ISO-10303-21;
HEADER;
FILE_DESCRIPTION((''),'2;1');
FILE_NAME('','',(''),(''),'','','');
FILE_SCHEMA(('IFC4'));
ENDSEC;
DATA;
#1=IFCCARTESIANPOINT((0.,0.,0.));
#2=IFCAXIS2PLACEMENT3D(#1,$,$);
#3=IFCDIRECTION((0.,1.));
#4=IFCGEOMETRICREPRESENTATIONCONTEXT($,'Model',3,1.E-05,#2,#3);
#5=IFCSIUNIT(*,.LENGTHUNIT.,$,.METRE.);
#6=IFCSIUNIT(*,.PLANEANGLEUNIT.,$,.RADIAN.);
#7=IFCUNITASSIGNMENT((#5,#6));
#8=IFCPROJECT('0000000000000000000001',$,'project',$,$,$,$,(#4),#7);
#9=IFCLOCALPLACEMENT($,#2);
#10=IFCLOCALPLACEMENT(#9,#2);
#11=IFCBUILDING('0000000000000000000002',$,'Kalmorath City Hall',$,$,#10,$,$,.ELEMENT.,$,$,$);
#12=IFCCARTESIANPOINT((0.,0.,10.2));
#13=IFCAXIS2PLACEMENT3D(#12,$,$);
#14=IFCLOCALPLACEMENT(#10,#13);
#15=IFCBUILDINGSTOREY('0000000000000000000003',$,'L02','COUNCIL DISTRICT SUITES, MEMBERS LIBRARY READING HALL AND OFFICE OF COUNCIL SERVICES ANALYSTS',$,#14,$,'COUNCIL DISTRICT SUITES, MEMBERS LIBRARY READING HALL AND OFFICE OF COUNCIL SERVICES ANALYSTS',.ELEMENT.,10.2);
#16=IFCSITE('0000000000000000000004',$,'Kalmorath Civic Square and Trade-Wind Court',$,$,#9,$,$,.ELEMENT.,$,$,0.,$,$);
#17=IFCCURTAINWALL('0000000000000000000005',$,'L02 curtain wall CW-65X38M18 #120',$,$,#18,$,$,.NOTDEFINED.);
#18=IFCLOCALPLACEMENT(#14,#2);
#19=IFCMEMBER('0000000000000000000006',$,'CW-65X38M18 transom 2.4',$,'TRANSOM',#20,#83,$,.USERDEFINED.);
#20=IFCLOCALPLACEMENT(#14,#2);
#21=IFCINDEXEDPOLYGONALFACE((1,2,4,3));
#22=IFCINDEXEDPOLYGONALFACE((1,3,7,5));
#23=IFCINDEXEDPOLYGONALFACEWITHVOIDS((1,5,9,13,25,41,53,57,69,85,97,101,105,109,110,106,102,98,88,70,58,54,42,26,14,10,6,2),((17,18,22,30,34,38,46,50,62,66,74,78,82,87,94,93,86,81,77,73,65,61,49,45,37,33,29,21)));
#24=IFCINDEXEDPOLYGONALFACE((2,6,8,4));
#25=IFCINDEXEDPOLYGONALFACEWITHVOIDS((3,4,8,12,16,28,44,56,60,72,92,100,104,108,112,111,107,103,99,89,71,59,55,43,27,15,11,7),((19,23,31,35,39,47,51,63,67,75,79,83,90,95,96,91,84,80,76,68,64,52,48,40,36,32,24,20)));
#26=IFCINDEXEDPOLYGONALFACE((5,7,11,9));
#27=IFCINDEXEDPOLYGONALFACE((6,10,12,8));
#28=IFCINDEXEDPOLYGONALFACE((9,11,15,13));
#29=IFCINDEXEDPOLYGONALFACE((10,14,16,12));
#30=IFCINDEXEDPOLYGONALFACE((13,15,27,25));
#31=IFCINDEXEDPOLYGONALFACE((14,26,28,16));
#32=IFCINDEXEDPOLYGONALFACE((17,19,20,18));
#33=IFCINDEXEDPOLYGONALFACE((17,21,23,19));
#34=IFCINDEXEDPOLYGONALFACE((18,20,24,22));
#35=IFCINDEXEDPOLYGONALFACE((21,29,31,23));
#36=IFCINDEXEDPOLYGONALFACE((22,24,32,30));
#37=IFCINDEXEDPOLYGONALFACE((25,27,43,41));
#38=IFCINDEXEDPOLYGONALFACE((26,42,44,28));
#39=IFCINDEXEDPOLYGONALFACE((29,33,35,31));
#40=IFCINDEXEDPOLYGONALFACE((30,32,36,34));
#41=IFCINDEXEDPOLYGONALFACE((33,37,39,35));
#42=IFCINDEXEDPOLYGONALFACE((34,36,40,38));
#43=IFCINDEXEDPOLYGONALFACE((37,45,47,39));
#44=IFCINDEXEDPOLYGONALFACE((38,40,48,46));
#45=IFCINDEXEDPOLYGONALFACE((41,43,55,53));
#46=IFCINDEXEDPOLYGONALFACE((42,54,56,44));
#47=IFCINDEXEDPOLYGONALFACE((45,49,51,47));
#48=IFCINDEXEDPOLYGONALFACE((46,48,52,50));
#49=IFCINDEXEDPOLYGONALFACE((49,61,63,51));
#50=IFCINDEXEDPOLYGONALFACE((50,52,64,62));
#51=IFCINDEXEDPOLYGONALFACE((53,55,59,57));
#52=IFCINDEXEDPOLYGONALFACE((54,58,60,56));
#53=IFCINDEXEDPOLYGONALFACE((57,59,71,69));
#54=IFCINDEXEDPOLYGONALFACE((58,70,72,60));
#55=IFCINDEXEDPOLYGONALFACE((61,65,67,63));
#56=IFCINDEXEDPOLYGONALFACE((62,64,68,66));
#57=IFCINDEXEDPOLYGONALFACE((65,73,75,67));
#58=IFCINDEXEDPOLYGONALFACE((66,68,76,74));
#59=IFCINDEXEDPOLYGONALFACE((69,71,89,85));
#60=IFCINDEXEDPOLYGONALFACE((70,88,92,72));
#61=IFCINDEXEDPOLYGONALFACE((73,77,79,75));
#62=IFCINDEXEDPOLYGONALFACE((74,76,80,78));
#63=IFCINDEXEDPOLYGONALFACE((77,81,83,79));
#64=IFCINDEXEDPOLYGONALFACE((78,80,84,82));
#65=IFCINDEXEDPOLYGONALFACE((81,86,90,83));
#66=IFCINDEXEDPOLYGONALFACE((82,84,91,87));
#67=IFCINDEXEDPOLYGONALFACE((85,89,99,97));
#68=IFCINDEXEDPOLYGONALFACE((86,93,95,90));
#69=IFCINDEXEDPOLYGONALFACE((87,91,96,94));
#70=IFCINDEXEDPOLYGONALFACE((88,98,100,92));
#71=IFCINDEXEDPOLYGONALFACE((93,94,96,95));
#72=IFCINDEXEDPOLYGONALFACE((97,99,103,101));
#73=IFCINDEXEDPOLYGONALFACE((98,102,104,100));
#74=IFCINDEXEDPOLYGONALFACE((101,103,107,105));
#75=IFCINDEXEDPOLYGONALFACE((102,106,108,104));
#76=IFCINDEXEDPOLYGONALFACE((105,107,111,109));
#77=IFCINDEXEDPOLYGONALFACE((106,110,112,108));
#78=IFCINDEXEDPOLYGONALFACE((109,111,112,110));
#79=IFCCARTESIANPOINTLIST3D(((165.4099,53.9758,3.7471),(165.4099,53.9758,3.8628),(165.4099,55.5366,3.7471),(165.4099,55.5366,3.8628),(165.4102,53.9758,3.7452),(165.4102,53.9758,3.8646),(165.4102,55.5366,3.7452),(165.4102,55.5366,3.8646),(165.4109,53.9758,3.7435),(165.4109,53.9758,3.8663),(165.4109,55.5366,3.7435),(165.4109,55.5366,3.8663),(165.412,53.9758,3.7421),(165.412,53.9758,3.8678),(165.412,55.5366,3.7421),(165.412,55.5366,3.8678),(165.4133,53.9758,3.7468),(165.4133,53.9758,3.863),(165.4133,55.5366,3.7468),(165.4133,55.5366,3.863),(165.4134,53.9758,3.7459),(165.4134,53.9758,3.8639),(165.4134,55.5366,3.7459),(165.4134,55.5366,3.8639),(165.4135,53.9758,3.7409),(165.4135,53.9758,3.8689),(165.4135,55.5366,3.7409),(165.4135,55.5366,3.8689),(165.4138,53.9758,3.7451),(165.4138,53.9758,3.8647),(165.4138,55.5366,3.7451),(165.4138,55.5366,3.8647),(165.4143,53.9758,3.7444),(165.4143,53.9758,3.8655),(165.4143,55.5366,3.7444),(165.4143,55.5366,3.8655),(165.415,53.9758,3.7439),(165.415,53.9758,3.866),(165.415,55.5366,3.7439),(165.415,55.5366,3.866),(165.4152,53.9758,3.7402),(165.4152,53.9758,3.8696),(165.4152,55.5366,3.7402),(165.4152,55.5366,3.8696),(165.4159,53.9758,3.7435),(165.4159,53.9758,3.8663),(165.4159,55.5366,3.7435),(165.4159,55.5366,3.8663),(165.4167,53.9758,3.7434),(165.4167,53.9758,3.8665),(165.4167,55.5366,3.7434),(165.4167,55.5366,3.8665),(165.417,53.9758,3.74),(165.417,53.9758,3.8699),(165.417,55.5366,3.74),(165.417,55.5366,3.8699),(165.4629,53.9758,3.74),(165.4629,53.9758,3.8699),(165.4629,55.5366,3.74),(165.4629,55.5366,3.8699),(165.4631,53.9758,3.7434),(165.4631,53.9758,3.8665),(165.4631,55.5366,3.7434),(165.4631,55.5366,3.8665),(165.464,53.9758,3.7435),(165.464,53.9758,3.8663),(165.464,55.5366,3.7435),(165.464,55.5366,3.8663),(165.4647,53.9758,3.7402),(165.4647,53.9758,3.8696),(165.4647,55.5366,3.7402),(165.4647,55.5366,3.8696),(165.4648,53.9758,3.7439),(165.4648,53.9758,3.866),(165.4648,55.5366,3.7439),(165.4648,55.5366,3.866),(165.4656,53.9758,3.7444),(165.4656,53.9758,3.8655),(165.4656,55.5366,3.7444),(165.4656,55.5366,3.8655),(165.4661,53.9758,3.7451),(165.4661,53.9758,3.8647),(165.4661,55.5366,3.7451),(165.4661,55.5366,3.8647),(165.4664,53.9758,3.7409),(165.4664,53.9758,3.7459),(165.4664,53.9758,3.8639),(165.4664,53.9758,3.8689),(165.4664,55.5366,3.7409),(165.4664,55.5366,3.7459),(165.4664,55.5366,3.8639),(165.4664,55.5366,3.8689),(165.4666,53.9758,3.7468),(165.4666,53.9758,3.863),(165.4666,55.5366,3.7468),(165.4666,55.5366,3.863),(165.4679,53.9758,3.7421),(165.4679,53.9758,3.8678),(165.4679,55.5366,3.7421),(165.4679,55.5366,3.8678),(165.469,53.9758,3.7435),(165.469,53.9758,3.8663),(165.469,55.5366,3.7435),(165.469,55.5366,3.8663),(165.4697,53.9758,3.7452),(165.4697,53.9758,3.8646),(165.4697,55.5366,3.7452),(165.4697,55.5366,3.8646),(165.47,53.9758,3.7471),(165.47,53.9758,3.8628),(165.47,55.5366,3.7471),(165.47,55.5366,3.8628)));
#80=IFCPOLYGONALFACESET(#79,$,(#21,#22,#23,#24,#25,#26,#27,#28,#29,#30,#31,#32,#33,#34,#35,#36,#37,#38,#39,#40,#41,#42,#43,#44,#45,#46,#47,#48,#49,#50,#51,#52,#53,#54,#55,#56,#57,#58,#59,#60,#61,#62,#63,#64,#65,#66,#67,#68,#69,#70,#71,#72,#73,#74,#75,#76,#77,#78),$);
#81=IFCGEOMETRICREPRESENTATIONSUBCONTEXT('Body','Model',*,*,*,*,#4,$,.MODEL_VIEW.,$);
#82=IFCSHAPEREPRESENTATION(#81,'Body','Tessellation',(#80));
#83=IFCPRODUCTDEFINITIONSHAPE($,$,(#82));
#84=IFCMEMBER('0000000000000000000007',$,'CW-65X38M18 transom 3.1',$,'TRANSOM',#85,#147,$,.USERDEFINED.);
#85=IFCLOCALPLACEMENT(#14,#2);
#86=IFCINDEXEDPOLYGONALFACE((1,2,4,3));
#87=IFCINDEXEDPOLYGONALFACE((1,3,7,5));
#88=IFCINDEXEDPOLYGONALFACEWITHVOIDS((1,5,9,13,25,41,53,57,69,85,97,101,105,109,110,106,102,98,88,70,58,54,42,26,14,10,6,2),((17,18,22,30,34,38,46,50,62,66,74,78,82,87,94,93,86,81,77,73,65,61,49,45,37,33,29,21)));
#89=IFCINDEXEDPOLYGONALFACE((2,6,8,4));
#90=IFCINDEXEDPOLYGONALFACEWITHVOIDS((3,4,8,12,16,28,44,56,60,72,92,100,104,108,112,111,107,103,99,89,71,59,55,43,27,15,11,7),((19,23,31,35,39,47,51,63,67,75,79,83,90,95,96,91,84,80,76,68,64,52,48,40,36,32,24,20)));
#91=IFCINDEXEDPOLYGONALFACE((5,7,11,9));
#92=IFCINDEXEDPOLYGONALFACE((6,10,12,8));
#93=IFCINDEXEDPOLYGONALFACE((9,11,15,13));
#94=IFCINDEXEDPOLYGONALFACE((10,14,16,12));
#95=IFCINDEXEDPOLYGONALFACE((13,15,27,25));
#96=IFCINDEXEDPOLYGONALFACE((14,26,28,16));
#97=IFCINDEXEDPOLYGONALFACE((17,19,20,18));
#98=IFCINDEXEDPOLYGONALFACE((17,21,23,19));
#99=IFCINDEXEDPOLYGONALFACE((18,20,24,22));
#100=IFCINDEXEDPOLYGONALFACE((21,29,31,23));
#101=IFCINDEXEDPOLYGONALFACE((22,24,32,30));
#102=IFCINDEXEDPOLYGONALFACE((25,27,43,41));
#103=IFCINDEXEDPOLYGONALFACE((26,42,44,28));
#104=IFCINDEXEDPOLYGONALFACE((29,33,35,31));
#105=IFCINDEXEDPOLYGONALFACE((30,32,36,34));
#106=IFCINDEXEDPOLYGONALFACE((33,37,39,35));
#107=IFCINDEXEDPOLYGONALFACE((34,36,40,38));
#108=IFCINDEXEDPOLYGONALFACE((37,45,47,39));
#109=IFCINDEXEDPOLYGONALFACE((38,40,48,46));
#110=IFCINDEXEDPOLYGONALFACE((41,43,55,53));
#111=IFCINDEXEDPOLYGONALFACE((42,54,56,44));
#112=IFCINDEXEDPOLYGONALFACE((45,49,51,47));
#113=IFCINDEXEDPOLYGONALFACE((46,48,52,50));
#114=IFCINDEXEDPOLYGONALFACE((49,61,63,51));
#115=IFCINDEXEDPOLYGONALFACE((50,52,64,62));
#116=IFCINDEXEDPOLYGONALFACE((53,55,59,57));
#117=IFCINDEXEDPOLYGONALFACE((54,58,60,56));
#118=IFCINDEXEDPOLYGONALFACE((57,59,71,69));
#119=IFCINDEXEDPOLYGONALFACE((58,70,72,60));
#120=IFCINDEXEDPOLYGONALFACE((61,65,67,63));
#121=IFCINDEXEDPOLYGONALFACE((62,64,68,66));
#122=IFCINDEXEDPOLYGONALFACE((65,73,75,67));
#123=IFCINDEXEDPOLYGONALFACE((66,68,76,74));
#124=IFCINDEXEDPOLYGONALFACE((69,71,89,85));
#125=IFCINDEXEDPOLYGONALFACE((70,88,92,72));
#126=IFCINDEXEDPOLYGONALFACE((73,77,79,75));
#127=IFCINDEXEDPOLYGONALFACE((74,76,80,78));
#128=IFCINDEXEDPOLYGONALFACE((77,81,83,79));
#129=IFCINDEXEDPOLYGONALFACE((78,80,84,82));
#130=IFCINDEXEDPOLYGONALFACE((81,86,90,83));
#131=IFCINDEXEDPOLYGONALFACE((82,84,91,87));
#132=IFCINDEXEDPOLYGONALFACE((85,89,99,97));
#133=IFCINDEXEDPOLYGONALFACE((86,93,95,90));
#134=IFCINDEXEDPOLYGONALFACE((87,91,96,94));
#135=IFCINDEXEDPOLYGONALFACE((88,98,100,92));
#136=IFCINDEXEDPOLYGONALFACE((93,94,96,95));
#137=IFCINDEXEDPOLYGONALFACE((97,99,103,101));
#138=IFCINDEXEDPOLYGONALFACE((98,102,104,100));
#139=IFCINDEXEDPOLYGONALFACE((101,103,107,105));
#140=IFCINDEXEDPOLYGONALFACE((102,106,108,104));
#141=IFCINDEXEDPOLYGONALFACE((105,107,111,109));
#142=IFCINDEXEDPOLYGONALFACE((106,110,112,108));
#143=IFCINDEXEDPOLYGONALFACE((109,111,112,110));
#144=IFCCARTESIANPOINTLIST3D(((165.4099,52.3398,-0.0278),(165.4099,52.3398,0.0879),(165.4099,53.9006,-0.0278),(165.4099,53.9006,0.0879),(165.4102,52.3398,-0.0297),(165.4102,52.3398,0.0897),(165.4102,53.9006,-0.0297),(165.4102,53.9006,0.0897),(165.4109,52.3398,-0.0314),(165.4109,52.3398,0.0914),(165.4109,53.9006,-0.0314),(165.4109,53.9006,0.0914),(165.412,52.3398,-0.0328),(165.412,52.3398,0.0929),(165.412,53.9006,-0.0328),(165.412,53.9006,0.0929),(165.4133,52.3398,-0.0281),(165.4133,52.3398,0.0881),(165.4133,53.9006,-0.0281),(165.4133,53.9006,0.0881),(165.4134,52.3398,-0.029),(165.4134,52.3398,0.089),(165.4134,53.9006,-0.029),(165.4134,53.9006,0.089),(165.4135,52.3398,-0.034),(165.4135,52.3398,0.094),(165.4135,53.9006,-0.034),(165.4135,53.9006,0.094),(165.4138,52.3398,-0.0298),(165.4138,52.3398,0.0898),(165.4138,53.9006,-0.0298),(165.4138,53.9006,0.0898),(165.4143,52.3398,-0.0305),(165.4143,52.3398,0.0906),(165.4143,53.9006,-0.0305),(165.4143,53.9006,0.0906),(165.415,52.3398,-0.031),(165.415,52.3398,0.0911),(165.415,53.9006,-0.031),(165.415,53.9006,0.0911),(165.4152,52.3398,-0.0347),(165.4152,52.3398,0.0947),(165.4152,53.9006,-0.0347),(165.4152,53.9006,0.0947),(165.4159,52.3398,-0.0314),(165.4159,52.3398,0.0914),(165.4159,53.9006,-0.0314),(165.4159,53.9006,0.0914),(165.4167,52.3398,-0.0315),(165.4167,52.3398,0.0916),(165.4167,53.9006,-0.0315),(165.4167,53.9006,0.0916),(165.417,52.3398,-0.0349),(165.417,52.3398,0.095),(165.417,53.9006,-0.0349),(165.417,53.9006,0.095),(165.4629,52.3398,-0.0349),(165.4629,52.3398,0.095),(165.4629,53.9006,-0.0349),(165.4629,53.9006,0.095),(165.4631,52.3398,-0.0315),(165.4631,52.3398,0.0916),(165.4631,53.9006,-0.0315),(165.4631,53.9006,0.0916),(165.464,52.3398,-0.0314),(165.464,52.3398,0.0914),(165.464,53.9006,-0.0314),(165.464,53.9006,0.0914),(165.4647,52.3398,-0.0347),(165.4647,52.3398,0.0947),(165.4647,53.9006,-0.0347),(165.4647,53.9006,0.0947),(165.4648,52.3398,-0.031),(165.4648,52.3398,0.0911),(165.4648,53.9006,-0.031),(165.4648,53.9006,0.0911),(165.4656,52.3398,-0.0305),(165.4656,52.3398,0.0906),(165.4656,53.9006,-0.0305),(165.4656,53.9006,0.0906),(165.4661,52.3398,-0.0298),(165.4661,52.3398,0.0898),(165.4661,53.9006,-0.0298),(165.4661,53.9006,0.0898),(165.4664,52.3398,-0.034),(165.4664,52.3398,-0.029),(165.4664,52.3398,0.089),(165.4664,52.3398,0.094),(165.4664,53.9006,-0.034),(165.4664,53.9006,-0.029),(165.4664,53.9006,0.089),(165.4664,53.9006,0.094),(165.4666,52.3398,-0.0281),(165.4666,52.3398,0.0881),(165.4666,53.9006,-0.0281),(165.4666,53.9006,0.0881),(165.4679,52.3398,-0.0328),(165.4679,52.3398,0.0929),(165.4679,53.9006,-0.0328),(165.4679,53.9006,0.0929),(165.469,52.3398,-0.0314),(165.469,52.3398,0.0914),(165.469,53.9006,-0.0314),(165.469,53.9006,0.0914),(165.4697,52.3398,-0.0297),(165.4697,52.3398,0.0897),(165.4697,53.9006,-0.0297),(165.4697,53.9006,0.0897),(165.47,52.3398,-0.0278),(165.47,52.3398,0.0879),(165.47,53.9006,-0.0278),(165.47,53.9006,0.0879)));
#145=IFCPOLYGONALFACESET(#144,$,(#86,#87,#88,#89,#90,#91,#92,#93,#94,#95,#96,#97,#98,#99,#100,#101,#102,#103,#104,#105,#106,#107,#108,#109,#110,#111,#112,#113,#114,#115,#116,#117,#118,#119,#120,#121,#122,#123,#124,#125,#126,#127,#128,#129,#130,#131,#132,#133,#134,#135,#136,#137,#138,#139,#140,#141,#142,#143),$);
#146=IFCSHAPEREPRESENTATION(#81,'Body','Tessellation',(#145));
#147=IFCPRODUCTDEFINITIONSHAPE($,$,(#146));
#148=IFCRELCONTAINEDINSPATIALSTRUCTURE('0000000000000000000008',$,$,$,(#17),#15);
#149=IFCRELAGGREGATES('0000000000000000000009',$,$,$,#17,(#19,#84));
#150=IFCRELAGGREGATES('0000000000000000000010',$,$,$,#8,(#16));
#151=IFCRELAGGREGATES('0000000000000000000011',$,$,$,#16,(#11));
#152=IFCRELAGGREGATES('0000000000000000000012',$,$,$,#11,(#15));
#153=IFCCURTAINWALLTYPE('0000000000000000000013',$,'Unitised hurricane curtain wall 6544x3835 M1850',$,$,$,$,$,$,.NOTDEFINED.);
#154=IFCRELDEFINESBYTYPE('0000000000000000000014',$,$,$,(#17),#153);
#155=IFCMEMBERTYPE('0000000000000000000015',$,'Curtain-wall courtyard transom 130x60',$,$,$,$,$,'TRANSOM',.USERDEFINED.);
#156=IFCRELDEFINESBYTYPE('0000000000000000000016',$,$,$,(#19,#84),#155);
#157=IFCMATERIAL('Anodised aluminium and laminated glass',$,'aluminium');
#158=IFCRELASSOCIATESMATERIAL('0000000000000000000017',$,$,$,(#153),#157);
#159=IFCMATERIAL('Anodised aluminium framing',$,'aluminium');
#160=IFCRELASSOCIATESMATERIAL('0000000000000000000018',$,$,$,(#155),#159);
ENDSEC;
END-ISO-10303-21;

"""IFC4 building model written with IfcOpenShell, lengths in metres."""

from ifc_helpers import new_model, si_unit, direction, frame, origin, origin_2d, place, context, subcontext, project, spatial, hollow_rectangle, extrude, material, material_profile, profile_set, type_object, element, aggregate, save


model = new_model("IFC4")

# Units and contexts
model_context = context("Model", 3, precision=1e-05, world=origin(), true_north=direction((0.0, 1.0)))
body_context = subcontext(model_context, "Body", "Model", "MODEL_VIEW")
ifc_project = project(units=[si_unit("LENGTHUNIT", "METRE"), si_unit("PLANEANGLEUNIT", "RADIAN")], contexts=[model_context])

# Site, building, storey
site_placement = place(None, origin())
site = spatial("IfcSite", under=ifc_project, at=site_placement, Name="Kalmorath Civic Square and Trade-Wind Court", CompositionType="ELEMENT", RefElevation=0.0)
building_placement = place(site_placement, origin())
building = spatial("IfcBuilding", under=site, at=building_placement, Name="Kalmorath City Hall", CompositionType="ELEMENT")
storey_placement = place(building_placement, frame((0.0, 0.0, 10.2)))
storey = spatial("IfcBuildingStorey", under=building, at=storey_placement, Name="L02", Description="COUNCIL DISTRICT SUITES, MEMBERS LIBRARY READING HALL AND OFFICE OF COUNCIL SERVICES ANALYSTS", LongName="COUNCIL DISTRICT SUITES, MEMBERS LIBRARY READING HALL AND OFFICE OF COUNCIL SERVICES ANALYSTS", CompositionType="ELEMENT", Elevation=10.2)

# Curtain wall, members
ifc_material_1 = material(Name="Anodised aluminium and laminated glass", Category="aluminium")
curtain_wall_type = type_object("IfcCurtainWallType", Name="Unitised hurricane curtain wall 6544x3835 M1850", PredefinedType="NOTDEFINED", material=ifc_material_1)
curtain_wall_placement = place(storey_placement, origin())
curtain_wall = element("IfcCurtainWall", 1, at=curtain_wall_placement, inside=storey, type_object=curtain_wall_type, Name="L02 curtain wall CW-65X38M18 #120", PredefinedType="NOTDEFINED")
ifc_material_2 = material(Name="Anodised aluminium framing", Category="aluminium")
ifc_material_profile_1 = material_profile(ifc_material_2, hollow_rectangle(XDim=0.0601, YDim=0.1299, WallThickness=0.0034, InnerFilletRadius=0.0034, OuterFilletRadius=0.0071, at=origin_2d()), Name="ALU-TRN-130X60X3.5")
ifc_profile_set_1 = profile_set([ifc_material_profile_1], Name="Anodised aluminium framing")
member_type_1 = type_object("IfcMemberType", Name="Curtain-wall courtyard transom 130x60", ElementType="TRANSOM", PredefinedType="USERDEFINED", material=ifc_profile_set_1)
member_1_placement = place(storey_placement, frame((165.4399, 55.5366, 3.8049), z_axis=(0.0, -1.0, 0.0), x_axis=(1.0, 0.0, 0.0)))
member_1 = element("IfcMember", 2, at=member_1_placement, type_object=member_type_1, Name="CW-65X38M18 transom 2.4", ObjectType="TRANSOM", PredefinedType="USERDEFINED", context=body_context, shape_type="SweptSolid", body=[
    extrude(hollow_rectangle(XDim=0.0601, YDim=0.1299, WallThickness=0.0034, InnerFilletRadius=0.0034, OuterFilletRadius=0.0071, at=origin_2d()), origin(), (0.0, 0.0, 1.0), 1.5608),
])
member_2_placement = place(storey_placement, frame((165.4399, 53.9006, 0.03), z_axis=(0.0, -1.0, 0.0), x_axis=(1.0, 0.0, 0.0)))
member_2 = element("IfcMember", 3, at=member_2_placement, type_object=member_type_1, Name="CW-65X38M18 transom 3.1", ObjectType="TRANSOM", PredefinedType="USERDEFINED", context=body_context, shape_type="SweptSolid", body=[
    extrude(hollow_rectangle(XDim=0.0601, YDim=0.1299, WallThickness=0.0034, InnerFilletRadius=0.0034, OuterFilletRadius=0.0071, at=origin_2d()), origin(), (0.0, 0.0, 1.0), 1.5608),
])

aggregate(curtain_wall, [member_1, member_2])

save(model, "model.ifc")
